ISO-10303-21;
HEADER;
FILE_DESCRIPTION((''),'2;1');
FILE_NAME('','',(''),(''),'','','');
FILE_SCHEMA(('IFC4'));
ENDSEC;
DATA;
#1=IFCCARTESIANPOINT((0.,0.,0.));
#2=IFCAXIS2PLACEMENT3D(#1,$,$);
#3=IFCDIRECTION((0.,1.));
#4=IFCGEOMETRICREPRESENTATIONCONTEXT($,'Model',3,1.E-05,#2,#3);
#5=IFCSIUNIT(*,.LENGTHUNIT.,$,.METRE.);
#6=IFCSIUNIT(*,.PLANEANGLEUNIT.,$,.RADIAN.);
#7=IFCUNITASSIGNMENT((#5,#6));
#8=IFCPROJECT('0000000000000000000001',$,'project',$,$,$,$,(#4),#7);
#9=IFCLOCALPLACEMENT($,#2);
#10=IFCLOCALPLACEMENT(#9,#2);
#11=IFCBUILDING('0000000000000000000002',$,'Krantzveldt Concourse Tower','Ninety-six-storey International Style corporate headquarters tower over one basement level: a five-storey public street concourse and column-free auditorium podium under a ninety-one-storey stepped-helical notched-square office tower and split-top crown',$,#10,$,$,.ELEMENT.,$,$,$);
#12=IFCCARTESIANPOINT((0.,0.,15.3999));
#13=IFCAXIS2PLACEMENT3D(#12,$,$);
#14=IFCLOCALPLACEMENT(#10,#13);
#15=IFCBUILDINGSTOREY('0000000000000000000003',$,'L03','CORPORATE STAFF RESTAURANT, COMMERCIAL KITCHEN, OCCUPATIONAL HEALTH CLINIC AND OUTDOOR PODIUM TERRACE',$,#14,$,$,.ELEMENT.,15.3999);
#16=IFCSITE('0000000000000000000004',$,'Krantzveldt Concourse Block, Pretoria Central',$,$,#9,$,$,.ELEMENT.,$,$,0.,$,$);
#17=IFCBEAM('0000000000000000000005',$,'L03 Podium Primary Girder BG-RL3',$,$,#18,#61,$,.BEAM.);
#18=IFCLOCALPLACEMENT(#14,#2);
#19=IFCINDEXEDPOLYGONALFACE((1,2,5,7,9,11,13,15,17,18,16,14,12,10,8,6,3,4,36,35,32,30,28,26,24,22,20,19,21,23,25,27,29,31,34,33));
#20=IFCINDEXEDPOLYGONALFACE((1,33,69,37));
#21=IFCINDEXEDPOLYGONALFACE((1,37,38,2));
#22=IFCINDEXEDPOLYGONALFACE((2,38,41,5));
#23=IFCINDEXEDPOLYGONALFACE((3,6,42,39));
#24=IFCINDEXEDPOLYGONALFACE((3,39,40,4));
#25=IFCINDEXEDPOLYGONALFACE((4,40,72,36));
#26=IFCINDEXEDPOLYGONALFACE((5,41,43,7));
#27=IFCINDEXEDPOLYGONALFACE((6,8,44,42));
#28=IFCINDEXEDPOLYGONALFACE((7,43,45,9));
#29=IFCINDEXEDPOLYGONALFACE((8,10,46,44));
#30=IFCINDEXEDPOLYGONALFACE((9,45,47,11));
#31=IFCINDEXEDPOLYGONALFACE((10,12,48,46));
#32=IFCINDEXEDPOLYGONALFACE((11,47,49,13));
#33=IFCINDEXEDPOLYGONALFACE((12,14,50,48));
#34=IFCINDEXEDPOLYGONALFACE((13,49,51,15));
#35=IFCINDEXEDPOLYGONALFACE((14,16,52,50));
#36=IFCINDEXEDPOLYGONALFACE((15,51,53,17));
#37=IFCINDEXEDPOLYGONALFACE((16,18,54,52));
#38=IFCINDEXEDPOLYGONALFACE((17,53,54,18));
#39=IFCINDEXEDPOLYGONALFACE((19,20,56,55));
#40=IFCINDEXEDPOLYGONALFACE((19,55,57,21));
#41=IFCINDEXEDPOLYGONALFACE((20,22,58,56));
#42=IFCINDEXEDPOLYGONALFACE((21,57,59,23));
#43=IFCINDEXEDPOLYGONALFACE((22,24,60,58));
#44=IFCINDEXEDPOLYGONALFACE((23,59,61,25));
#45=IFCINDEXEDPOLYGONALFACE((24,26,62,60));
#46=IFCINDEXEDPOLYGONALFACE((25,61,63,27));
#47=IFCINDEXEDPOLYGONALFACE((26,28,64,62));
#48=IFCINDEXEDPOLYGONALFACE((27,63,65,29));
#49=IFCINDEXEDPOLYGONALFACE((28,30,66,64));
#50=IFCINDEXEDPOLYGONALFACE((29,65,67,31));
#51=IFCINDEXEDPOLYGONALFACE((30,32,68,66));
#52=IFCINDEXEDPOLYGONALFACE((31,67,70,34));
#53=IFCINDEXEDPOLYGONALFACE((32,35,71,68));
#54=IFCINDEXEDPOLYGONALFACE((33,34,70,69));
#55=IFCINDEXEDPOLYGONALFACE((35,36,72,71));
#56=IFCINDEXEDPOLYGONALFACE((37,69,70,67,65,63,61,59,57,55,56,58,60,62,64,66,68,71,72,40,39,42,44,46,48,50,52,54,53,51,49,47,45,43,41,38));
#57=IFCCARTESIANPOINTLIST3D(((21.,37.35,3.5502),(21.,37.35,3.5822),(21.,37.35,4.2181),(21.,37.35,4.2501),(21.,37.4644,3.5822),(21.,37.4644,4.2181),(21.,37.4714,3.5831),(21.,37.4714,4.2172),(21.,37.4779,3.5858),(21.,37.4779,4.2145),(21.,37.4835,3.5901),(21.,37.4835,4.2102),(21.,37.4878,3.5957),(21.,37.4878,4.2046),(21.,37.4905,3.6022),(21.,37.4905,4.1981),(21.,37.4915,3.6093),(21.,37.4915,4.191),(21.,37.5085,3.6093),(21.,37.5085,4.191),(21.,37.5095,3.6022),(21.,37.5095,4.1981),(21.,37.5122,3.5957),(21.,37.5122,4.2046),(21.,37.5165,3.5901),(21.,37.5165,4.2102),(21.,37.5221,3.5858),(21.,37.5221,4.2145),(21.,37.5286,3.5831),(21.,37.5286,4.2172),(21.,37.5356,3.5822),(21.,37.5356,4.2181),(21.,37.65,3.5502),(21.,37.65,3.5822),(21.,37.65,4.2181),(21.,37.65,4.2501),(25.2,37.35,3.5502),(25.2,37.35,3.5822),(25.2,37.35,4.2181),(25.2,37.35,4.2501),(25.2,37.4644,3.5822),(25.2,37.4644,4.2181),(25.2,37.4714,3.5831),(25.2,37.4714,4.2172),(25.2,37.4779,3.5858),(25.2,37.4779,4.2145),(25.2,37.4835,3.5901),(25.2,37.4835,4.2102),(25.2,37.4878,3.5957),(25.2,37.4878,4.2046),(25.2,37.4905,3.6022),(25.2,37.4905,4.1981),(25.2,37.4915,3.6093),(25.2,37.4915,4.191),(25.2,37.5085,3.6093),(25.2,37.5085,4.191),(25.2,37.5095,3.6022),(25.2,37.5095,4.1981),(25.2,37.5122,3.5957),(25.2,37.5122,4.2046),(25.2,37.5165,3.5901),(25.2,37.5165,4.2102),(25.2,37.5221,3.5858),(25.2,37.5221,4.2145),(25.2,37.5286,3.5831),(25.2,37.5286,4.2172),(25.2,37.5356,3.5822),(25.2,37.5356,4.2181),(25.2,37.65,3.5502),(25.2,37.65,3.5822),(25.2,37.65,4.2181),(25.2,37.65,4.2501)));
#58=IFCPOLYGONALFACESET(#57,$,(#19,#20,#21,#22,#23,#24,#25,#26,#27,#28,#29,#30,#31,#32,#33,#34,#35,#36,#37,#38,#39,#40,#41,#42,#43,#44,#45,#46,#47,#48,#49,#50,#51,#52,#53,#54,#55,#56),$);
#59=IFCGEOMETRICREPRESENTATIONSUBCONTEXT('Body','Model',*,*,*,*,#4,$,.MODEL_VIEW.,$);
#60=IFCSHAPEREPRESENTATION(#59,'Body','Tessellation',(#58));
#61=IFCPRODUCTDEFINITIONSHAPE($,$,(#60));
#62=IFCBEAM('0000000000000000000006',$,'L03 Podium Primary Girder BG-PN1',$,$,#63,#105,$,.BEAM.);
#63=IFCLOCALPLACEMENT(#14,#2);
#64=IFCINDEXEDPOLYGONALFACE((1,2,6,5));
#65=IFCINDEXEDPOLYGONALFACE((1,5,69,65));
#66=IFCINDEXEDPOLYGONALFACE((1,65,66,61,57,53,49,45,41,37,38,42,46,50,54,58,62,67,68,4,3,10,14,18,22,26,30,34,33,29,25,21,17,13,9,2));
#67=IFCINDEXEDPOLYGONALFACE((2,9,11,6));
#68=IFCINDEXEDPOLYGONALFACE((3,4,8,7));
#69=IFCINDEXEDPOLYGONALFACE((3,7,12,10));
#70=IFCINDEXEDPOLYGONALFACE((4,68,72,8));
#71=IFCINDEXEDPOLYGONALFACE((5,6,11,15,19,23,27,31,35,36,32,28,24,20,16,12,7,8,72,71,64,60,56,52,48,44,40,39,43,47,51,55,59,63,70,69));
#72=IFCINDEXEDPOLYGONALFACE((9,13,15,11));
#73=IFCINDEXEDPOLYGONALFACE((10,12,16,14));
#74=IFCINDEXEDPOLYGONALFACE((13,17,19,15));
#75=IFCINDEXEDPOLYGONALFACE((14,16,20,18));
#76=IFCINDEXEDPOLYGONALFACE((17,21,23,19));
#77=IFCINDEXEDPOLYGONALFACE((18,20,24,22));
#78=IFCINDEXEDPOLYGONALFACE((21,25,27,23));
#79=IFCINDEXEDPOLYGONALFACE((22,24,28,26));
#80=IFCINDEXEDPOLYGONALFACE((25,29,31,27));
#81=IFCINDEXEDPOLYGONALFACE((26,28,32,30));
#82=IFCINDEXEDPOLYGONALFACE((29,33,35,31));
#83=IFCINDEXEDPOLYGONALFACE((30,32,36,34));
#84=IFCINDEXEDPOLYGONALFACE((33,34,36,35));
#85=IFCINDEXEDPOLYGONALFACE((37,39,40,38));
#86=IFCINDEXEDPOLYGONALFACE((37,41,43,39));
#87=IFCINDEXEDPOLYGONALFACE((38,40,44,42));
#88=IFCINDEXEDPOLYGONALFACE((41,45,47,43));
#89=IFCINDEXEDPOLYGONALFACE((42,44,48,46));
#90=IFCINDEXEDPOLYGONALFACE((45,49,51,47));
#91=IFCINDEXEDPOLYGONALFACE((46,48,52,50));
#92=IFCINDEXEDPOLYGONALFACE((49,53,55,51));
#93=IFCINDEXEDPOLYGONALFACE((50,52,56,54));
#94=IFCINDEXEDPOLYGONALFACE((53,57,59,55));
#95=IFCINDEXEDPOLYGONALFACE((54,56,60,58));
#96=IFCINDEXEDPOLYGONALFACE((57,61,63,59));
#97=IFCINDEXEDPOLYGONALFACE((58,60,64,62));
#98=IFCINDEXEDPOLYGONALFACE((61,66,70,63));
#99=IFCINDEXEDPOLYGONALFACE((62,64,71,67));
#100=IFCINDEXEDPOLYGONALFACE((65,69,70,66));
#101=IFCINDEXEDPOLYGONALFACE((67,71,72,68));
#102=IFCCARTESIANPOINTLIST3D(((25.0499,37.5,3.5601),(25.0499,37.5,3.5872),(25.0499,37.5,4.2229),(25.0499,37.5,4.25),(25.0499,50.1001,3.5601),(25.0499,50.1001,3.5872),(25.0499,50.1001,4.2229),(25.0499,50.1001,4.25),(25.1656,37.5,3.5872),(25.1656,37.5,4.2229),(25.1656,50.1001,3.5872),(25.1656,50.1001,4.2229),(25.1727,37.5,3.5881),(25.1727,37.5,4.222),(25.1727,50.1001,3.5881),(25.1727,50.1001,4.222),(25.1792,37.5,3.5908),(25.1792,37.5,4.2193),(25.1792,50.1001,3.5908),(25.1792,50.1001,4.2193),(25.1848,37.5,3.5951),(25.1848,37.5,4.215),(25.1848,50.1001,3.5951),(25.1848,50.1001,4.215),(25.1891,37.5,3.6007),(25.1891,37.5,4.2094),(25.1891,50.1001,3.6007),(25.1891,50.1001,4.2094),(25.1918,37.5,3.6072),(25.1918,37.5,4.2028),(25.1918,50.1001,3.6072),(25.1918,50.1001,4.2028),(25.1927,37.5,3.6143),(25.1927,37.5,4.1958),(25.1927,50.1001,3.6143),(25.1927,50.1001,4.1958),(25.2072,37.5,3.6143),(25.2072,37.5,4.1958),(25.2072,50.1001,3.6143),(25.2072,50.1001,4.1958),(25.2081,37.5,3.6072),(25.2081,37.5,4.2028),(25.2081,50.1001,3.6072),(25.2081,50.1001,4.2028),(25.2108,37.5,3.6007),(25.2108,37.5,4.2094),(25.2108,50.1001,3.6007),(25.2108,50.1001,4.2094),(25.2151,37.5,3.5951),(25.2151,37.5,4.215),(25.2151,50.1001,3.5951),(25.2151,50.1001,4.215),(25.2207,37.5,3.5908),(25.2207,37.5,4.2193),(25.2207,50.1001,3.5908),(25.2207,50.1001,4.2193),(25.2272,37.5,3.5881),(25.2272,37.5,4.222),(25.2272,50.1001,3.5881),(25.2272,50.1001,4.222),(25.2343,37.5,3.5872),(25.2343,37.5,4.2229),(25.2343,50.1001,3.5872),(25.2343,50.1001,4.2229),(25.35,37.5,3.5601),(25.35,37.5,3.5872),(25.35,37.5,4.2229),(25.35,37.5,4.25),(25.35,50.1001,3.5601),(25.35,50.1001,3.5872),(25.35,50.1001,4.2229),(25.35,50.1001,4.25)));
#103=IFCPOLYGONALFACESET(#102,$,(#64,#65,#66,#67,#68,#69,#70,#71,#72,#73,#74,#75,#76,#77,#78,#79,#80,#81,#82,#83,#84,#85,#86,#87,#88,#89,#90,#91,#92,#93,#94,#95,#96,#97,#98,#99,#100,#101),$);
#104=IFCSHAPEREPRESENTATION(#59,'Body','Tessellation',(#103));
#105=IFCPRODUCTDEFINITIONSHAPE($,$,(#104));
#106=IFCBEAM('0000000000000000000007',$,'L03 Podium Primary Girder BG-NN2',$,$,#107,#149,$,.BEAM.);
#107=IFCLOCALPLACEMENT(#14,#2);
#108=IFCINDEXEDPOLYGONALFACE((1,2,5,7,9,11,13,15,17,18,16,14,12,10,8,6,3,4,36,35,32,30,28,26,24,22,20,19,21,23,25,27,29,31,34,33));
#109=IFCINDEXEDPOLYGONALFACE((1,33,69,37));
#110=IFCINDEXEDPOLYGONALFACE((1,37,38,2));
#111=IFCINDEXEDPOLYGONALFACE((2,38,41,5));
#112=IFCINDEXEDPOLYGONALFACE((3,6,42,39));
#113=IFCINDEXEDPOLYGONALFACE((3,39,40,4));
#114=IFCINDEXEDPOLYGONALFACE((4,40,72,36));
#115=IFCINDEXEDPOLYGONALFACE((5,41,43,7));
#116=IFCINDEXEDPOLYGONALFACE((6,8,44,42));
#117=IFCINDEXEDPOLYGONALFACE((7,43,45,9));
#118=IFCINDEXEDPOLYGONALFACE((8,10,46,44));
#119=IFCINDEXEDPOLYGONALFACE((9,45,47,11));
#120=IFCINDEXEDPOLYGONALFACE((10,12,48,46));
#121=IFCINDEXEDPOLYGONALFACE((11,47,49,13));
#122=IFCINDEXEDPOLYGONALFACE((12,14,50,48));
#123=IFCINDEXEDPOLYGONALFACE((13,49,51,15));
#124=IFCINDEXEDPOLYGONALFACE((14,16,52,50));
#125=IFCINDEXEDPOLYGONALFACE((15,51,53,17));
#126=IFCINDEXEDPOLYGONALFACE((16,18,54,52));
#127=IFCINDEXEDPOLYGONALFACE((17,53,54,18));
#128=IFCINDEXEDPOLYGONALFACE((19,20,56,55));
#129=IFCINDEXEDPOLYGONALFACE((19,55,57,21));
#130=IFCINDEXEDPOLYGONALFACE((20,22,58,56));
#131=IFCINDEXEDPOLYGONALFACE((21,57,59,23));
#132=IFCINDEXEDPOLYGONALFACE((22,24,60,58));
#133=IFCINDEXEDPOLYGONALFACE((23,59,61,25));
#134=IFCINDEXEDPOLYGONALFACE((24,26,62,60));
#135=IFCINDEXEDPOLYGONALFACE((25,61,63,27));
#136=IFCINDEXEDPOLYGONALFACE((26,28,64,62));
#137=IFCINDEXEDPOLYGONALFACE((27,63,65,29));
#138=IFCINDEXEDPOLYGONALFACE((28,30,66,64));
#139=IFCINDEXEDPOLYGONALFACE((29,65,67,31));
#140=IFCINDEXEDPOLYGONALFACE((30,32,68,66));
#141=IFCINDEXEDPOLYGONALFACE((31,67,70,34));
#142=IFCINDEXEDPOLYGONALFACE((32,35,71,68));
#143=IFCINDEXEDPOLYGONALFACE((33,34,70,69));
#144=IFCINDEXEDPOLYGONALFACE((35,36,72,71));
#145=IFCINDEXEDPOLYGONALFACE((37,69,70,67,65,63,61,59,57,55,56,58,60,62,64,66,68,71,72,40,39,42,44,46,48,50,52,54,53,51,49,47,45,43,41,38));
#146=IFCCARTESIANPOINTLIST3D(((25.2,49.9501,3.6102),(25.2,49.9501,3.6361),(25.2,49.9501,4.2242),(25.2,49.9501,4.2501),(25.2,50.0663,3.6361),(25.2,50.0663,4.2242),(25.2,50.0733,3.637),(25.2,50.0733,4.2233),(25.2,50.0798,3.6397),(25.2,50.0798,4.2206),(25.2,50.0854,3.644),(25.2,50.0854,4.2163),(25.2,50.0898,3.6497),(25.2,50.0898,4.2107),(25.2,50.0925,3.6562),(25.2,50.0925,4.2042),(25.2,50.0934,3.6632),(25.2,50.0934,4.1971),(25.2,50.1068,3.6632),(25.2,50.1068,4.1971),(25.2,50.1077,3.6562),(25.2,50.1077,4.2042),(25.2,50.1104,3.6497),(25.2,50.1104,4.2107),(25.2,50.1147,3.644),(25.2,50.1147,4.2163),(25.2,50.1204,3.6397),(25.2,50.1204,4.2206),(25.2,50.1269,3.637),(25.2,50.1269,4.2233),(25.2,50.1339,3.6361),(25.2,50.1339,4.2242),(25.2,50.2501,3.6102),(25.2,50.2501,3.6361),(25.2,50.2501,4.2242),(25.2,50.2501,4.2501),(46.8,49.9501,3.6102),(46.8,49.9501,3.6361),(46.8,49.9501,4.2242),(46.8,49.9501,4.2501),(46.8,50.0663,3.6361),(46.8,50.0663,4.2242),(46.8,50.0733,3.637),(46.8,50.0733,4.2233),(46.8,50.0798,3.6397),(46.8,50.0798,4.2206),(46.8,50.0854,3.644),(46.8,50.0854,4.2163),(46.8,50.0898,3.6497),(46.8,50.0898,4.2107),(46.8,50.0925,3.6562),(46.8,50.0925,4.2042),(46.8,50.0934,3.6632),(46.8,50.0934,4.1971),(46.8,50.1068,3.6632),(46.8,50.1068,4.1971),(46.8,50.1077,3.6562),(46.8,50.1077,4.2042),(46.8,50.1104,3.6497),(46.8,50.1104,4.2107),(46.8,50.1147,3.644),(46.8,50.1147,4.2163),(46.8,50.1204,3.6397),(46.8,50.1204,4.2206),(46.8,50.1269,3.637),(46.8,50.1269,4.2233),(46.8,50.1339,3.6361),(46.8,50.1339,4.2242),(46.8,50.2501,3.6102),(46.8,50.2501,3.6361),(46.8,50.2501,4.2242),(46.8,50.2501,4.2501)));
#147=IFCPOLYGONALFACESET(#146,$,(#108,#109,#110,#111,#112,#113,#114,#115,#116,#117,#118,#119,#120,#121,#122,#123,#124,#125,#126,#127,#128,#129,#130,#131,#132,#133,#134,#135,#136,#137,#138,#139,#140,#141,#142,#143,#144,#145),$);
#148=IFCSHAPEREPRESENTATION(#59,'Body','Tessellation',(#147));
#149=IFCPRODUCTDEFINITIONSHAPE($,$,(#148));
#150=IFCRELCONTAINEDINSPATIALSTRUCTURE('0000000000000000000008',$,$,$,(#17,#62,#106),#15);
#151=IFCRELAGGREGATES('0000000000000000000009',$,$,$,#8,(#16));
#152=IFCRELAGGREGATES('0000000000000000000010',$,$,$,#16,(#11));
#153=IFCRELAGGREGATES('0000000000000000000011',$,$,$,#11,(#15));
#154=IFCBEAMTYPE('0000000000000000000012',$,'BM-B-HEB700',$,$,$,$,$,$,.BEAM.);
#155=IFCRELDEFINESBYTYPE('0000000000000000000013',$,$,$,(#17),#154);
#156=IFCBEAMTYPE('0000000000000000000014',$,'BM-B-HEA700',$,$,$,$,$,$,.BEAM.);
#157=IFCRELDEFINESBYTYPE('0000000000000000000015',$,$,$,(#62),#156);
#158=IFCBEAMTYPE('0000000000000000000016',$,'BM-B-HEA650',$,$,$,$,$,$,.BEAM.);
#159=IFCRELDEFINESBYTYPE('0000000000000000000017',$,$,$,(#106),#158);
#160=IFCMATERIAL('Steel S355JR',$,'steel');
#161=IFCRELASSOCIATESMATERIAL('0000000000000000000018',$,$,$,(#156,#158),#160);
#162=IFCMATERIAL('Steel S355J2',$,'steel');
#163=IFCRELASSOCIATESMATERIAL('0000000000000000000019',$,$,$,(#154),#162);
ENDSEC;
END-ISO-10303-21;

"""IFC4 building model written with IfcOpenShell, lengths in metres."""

from ifc_helpers import new_model, si_unit, direction, frame, origin, origin_2d, place, context, subcontext, project, spatial, i_section, extrude, source, transform, mapped, material, material_profile, profile_set, type_object, type_shapes, element, save


model = new_model("IFC4")

# Units and contexts
model_context = context("Model", 3, precision=1e-05, world=origin(), true_north=direction((0.0, 1.0)))
body_context = subcontext(model_context, "Body", "Model", "MODEL_VIEW")
ifc_project = project(units=[si_unit("LENGTHUNIT", "METRE"), si_unit("PLANEANGLEUNIT", "RADIAN")], contexts=[model_context])

# Site, building, storey
site_placement = place(None, origin())
site = spatial("IfcSite", under=ifc_project, at=site_placement, Name="Krantzveldt Concourse Block, Pretoria Central", CompositionType="ELEMENT", RefElevation=0.0)
building_placement = place(site_placement, origin())
building = spatial("IfcBuilding", under=site, at=building_placement, Name="Krantzveldt Concourse Tower", Description="Ninety-six-storey International Style corporate headquarters tower over one basement level: a five-storey public street concourse and column-free auditorium podium under a ninety-one-storey stepped-helical notched-square office tower and split-top crown", CompositionType="ELEMENT")
storey_placement = place(building_placement, frame((0.0, 0.0, 15.3999)))
storey = spatial("IfcBuildingStorey", under=building, at=storey_placement, Name="L03", Description="CORPORATE STAFF RESTAURANT, COMMERCIAL KITCHEN, OCCUPATIONAL HEALTH CLINIC AND OUTDOOR PODIUM TERRACE", CompositionType="ELEMENT", Elevation=15.3999)

# Beams
ifc_material_1 = material(Name="Steel S355J2", Category="steel")
ifc_material_2 = material(Name="Steel S355JR", Category="steel")
ifc_material_profile_1 = material_profile(ifc_material_2, i_section(OverallWidth=0.3, OverallDepth=0.6899, WebThickness=0.0144, FlangeThickness=0.0271, FilletRadius=0.0271, at=origin_2d()), Name="Steel S355JR", Category="steel")
ifc_profile_set_1 = profile_set([ifc_material_profile_1], Name="Steel S355JR - HEA 700")
beam_type_1 = type_object("IfcBeamType", Name="BM-B-HEA700", PredefinedType="BEAM", material=ifc_profile_set_1)
ifc_material_profile_2 = material_profile(ifc_material_1, i_section(OverallWidth=0.3, OverallDepth=0.7, WebThickness=0.0171, FlangeThickness=0.032, FilletRadius=0.0271, at=origin_2d()), Name="Steel S355J2", Category="steel")
ifc_profile_set_2 = profile_set([ifc_material_profile_2], Name="Steel S355J2 - HEB 700")
beam_type_2 = type_object("IfcBeamType", Name="BM-B-HEB700", PredefinedType="BEAM", material=ifc_profile_set_2)
shared_shape_1 = source(origin(), body_context, "Body", "SweptSolid", [
    extrude(i_section(OverallWidth=0.3, OverallDepth=0.7, WebThickness=0.0171, FlangeThickness=0.032, FilletRadius=0.0271, at=origin_2d()), origin(), (0.0, 0.0, 1.0), 4.2),
])
type_shapes(beam_type_2, [shared_shape_1])
beam_1_placement = place(storey_placement, frame((21.0, 37.5, 3.9001), z_axis=(1.0, 0.0, 0.0), x_axis=(0.0, 1.0, 0.0)))
element("IfcBeam", 1, at=beam_1_placement, inside=storey, type_object=beam_type_2, Name="L03 Podium Primary Girder BG-RL3", PredefinedType="BEAM", context=body_context, shape_type="MappedRepresentation", body=[
    mapped(shared_shape_1, transform((0.0, 0.0, 0.0), x_axis=(1.0, 0.0, 0.0), y_axis=(0.0, 1.0, 0.0), z_axis=(0.0, 0.0, 1.0), scale=1.0)),
])
shared_shape_2 = source(origin(), body_context, "Body", "SweptSolid", [
    extrude(i_section(OverallWidth=0.3, OverallDepth=0.6899, WebThickness=0.0144, FlangeThickness=0.0271, FilletRadius=0.0271, at=origin_2d()), origin(), (0.0, 0.0, 1.0), 12.6001),
])
beam_2_placement = place(storey_placement, frame((25.2, 37.5, 3.905), z_axis=(0.0, 1.0, 0.0), x_axis=(-1.0, 0.0, 0.0)))
element("IfcBeam", 2, at=beam_2_placement, inside=storey, type_object=beam_type_1, Name="L03 Podium Primary Girder BG-PN1", PredefinedType="BEAM", context=body_context, shape_type="MappedRepresentation", body=[
    mapped(shared_shape_2, transform((0.0, 0.0, 0.0), x_axis=(1.0, 0.0, 0.0), y_axis=(0.0, 1.0, 0.0), z_axis=(0.0, 0.0, 1.0), scale=1.0)),
])
ifc_material_profile_3 = material_profile(ifc_material_2, i_section(OverallWidth=0.3, OverallDepth=0.6399, WebThickness=0.0134, FlangeThickness=0.0259, FilletRadius=0.0271, at=origin_2d()), Name="Steel S355JR", Category="steel")
ifc_profile_set_3 = profile_set([ifc_material_profile_3], Name="Steel S355JR - HEA 650")
beam_type_3 = type_object("IfcBeamType", Name="BM-B-HEA650", PredefinedType="BEAM", material=ifc_profile_set_3)
shared_shape_3 = source(origin(), body_context, "Body", "SweptSolid", [
    extrude(i_section(OverallWidth=0.3, OverallDepth=0.6399, WebThickness=0.0134, FlangeThickness=0.0259, FilletRadius=0.0271, at=origin_2d()), origin(), (0.0, 0.0, 1.0), 21.6001),
])
type_shapes(beam_type_3, [shared_shape_3])
beam_3_placement = place(storey_placement, frame((25.2, 50.1001, 3.9302), z_axis=(1.0, 0.0, 0.0), x_axis=(0.0, 1.0, 0.0)))
element("IfcBeam", 3, at=beam_3_placement, inside=storey, type_object=beam_type_3, Name="L03 Podium Primary Girder BG-NN2", PredefinedType="BEAM", context=body_context, shape_type="MappedRepresentation", body=[
    mapped(shared_shape_3, transform((0.0, 0.0, 0.0), x_axis=(1.0, 0.0, 0.0), y_axis=(0.0, 1.0, 0.0), z_axis=(0.0, 0.0, 1.0), scale=1.0)),
])

save(model, "model.ifc")
